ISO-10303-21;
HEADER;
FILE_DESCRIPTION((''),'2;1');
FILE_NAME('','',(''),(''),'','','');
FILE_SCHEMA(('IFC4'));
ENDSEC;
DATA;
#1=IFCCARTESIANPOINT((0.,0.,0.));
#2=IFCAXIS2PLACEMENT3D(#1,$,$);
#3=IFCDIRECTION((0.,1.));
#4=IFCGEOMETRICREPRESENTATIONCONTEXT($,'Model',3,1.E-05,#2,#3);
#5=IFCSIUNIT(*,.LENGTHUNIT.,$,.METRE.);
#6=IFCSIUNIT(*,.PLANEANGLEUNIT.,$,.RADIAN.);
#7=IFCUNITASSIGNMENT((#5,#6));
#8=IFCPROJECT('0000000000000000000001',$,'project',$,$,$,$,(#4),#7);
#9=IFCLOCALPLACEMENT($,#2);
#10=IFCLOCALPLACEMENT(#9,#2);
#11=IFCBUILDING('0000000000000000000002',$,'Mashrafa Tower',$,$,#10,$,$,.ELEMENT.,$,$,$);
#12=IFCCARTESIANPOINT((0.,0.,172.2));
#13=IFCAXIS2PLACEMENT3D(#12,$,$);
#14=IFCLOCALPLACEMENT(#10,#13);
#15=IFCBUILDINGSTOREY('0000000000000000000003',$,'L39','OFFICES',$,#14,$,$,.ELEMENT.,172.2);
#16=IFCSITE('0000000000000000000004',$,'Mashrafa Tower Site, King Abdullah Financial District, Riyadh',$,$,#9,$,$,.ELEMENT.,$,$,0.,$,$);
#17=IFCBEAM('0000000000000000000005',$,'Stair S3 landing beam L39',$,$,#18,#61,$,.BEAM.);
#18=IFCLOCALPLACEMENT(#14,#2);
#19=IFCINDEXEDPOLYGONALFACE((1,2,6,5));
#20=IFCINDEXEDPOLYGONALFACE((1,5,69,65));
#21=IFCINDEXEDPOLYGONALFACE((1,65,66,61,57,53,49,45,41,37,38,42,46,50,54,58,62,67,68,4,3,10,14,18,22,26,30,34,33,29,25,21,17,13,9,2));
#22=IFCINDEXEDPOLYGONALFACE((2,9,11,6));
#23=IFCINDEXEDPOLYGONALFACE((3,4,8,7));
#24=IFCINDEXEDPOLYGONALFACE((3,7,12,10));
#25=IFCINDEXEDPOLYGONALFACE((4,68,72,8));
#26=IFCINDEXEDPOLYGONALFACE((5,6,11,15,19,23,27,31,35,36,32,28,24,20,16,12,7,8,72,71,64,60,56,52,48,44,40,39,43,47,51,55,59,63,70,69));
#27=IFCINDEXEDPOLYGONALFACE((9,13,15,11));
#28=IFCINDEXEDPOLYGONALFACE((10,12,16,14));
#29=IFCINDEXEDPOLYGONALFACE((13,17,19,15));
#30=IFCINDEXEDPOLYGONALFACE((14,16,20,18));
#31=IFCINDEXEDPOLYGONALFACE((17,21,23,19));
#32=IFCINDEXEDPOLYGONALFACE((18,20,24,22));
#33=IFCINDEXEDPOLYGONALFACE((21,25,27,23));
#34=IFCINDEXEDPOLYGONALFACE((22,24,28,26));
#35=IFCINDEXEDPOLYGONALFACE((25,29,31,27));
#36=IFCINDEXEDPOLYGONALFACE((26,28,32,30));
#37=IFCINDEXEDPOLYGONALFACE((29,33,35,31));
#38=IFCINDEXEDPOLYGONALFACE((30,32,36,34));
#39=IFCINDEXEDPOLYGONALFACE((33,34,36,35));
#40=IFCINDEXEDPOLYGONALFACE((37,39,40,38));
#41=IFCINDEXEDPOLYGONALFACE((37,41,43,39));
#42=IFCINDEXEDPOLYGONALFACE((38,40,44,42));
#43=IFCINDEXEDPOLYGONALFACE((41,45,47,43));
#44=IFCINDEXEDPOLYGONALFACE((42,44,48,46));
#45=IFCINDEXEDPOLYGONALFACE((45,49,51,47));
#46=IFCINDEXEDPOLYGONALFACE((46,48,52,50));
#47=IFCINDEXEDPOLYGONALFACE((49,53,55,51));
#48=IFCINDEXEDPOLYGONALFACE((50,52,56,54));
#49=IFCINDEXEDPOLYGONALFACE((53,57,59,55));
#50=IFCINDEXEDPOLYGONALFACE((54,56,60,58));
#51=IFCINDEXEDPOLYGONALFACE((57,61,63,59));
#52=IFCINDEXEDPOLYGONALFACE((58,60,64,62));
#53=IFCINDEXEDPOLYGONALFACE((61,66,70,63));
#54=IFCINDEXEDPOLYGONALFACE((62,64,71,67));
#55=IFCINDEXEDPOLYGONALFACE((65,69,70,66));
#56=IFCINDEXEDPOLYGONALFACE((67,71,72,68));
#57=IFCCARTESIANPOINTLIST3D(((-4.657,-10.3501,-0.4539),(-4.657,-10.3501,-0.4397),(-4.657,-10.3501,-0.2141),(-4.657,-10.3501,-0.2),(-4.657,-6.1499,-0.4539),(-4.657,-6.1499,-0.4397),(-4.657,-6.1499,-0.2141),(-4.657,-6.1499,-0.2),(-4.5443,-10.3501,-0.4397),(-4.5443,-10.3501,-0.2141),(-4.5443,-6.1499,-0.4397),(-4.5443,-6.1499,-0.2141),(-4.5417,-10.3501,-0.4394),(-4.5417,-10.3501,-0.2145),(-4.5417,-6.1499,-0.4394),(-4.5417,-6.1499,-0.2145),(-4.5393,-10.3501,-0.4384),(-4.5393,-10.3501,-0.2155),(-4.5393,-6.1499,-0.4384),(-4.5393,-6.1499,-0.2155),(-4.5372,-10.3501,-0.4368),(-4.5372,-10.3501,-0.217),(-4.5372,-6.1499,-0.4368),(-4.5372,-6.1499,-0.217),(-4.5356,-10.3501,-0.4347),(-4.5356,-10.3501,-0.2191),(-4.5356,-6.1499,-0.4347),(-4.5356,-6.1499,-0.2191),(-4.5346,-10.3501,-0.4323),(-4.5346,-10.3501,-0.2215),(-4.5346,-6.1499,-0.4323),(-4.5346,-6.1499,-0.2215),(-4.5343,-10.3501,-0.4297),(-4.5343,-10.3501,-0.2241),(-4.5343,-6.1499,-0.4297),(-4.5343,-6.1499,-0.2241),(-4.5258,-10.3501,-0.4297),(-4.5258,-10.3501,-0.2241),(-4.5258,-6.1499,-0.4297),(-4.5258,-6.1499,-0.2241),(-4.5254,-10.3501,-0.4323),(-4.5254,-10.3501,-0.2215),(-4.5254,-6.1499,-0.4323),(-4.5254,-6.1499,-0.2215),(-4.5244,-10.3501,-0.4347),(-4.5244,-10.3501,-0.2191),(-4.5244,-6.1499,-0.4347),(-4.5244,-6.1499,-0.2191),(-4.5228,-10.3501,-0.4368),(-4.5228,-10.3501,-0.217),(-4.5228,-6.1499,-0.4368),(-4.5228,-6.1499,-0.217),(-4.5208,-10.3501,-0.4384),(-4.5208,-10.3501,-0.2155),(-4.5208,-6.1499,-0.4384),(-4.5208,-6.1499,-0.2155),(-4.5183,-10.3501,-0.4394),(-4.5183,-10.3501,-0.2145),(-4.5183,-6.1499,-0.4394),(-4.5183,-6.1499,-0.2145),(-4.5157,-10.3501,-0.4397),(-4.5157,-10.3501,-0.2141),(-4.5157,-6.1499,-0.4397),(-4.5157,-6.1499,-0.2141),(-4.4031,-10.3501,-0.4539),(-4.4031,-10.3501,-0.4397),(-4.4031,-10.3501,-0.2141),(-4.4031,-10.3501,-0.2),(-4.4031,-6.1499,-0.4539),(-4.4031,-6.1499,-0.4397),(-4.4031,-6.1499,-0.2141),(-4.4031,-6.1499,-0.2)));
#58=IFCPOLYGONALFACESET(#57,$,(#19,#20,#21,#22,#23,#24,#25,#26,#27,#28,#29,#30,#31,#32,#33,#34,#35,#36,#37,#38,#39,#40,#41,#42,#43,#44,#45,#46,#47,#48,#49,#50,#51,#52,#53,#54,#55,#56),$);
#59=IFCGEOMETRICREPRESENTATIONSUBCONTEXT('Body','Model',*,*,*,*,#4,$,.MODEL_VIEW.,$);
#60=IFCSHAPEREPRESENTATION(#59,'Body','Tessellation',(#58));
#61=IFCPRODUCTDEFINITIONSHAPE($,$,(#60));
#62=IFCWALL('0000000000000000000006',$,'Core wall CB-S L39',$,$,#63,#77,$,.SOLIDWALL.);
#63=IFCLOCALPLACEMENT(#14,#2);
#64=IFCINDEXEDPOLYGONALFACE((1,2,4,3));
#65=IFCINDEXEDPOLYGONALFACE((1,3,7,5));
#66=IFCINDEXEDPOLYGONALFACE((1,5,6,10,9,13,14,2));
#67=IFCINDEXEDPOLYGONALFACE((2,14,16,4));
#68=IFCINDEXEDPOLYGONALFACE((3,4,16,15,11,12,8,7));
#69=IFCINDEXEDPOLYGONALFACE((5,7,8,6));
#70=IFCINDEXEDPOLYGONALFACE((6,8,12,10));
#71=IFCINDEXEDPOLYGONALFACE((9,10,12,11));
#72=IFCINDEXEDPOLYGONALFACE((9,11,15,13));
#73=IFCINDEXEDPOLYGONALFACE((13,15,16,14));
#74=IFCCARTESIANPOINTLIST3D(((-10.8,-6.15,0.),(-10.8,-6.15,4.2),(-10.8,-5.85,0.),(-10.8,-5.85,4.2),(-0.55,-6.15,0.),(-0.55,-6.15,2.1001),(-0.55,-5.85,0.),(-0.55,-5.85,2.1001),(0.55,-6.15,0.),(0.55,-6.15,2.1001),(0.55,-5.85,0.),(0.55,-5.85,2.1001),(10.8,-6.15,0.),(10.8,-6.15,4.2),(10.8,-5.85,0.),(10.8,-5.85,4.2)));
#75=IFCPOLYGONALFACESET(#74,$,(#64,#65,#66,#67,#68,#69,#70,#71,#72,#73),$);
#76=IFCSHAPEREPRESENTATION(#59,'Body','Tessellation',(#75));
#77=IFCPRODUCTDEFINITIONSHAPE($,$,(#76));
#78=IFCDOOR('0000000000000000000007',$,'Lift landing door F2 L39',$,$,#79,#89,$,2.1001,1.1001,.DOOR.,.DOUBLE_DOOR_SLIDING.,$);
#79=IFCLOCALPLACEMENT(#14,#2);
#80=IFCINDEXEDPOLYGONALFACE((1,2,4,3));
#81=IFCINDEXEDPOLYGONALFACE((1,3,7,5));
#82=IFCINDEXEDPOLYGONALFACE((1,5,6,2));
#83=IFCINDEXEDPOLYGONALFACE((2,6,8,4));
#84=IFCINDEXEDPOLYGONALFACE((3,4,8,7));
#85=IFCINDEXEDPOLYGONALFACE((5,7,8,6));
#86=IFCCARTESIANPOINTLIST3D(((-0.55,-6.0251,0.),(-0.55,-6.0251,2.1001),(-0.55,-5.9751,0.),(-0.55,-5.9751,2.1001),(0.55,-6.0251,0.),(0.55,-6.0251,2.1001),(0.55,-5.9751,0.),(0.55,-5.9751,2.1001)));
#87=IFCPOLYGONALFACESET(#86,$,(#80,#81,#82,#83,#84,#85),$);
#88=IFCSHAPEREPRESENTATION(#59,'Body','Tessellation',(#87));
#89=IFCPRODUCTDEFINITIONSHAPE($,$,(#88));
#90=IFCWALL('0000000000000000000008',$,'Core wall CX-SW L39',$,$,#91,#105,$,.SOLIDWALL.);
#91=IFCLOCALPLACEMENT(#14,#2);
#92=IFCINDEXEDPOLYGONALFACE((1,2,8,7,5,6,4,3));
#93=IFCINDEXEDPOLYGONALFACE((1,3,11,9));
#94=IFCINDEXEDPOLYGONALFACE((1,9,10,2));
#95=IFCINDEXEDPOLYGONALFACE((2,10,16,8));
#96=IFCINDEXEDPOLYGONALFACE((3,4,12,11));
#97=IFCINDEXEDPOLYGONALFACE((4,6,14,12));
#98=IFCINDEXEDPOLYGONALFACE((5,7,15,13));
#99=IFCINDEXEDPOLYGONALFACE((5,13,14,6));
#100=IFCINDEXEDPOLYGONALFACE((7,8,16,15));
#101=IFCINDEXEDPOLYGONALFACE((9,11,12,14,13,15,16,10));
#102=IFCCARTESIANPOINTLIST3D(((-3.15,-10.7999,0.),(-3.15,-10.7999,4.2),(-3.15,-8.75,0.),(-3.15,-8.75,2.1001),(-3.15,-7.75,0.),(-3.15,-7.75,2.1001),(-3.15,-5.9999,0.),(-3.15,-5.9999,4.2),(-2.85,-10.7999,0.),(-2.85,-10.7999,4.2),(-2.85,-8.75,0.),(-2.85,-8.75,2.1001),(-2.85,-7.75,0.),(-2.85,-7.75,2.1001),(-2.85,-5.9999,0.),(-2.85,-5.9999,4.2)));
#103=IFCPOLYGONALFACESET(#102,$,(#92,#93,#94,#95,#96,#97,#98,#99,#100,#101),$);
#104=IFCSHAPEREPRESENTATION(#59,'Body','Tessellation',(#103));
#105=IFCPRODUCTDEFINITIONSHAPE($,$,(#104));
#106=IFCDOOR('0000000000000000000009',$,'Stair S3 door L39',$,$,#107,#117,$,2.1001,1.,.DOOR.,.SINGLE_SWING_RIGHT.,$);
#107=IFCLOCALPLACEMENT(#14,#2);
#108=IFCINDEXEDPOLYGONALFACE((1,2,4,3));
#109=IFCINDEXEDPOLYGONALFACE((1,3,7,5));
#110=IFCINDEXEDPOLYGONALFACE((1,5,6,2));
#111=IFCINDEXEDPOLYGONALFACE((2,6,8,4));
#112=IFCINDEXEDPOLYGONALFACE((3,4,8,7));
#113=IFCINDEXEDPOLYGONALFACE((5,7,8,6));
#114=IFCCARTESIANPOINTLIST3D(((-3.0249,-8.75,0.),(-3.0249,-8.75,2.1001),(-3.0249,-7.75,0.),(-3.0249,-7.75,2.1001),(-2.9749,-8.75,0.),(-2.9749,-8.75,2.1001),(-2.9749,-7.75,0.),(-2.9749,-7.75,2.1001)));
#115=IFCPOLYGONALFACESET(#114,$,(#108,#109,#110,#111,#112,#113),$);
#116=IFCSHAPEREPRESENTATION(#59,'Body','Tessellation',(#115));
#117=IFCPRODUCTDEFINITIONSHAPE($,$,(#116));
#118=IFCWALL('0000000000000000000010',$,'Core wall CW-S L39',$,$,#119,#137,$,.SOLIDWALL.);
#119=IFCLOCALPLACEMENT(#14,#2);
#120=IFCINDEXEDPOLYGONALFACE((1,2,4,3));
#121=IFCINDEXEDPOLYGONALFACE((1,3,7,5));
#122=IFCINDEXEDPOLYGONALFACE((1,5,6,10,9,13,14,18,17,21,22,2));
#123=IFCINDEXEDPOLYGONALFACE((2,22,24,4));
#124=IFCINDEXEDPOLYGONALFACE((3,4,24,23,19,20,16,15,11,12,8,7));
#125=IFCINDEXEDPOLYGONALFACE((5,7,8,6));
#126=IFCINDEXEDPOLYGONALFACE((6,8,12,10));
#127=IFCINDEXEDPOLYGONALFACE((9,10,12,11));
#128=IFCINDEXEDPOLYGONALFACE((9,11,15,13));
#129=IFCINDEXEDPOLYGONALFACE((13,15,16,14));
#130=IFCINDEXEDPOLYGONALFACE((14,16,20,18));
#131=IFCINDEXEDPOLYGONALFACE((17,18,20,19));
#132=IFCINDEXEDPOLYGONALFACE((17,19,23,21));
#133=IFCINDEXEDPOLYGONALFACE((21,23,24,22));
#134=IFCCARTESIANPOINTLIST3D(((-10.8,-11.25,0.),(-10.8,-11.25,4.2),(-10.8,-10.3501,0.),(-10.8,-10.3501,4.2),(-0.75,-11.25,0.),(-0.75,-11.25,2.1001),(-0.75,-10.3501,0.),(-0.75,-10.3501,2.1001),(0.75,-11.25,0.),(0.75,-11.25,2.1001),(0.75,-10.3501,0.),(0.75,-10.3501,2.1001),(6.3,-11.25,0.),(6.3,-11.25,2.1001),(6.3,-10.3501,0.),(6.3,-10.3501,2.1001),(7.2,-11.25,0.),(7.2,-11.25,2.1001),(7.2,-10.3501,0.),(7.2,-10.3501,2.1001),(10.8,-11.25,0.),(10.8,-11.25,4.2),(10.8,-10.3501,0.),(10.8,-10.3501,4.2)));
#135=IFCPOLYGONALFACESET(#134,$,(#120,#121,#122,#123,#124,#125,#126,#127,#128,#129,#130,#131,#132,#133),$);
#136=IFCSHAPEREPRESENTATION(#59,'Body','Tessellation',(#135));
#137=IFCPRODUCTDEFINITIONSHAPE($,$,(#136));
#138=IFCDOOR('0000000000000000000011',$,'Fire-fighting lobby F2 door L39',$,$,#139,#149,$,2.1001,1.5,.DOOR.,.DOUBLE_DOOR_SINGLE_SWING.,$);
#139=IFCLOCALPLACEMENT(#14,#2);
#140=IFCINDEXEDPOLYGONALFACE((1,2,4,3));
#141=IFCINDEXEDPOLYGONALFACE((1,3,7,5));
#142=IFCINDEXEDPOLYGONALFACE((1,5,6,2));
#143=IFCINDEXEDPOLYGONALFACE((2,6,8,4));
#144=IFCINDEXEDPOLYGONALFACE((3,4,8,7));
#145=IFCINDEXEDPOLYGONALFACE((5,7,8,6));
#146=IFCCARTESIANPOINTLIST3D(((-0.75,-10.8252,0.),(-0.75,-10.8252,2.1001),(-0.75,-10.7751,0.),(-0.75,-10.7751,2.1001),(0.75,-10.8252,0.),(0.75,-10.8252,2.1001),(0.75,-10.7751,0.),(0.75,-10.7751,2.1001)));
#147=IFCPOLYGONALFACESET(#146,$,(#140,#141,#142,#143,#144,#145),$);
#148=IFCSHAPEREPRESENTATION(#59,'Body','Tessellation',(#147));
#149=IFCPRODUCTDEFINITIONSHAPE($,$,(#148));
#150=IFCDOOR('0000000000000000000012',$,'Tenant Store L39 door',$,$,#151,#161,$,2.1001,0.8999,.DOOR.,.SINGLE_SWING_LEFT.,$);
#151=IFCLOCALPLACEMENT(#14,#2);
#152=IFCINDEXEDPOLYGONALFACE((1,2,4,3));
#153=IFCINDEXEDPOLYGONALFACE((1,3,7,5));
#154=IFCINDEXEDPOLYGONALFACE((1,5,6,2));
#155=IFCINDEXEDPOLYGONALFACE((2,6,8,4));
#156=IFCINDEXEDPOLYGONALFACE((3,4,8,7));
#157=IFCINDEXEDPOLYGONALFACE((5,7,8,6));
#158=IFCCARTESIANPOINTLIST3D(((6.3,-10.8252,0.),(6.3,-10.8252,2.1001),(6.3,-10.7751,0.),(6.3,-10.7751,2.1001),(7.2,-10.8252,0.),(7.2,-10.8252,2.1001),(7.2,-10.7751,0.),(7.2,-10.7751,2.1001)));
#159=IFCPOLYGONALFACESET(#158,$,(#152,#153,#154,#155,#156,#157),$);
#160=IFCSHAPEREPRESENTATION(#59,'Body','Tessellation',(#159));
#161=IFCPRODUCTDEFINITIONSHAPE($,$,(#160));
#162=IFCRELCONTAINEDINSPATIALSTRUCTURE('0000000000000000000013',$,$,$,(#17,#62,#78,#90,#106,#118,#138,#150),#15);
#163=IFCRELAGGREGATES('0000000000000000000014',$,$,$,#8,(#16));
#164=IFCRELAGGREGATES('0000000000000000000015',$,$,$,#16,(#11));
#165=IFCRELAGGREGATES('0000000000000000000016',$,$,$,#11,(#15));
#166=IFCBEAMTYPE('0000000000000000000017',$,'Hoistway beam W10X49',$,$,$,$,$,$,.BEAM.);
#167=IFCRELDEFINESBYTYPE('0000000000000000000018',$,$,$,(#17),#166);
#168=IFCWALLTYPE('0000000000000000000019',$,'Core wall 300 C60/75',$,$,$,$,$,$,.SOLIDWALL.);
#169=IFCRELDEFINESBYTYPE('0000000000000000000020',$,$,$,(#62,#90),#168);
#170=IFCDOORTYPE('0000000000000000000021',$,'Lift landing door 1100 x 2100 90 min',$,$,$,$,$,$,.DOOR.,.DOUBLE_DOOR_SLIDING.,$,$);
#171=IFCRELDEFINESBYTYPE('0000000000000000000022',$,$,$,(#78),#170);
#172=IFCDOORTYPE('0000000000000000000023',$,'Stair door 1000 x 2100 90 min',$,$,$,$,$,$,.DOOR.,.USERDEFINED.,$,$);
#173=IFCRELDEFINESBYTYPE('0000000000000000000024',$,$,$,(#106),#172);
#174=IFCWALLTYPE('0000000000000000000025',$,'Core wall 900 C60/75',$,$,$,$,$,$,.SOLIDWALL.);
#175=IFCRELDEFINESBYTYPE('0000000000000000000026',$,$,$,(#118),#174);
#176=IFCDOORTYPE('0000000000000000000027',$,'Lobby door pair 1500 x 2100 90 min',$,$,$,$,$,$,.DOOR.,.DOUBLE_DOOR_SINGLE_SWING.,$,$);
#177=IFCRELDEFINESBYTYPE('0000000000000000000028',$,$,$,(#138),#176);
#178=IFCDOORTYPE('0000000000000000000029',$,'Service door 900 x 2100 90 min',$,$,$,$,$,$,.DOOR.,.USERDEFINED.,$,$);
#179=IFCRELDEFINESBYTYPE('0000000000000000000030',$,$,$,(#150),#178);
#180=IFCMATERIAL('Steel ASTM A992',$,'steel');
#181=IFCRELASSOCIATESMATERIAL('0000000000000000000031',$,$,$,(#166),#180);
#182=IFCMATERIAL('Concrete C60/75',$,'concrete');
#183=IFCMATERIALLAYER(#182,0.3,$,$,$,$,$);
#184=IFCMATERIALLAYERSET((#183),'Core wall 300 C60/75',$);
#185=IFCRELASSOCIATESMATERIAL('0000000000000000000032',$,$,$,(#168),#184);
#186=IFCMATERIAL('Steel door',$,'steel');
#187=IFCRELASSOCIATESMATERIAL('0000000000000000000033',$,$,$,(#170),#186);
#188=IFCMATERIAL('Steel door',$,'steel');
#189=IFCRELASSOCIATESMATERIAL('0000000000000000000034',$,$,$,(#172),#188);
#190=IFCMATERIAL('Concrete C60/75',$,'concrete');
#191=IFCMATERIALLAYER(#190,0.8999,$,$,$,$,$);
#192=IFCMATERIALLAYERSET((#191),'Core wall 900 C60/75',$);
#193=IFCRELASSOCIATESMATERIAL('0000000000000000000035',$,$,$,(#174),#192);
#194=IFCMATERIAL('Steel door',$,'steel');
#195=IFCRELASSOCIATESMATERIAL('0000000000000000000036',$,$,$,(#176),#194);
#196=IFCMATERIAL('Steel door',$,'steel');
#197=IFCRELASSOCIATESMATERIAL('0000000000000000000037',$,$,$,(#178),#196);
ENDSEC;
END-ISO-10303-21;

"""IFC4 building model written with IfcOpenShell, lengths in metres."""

from ifc_helpers import new_model, si_unit, direction, frame, frame_2d, origin, origin_2d, place, context, subcontext, project, spatial, rectangle, i_section, extrude, material, layer, layer_set, material_profile, profile_set, type_object, element, fill, save


model = new_model("IFC4")

# Units and contexts
model_context = context("Model", 3, precision=1e-05, world=origin(), true_north=direction((0.0, 1.0)))
body_context = subcontext(model_context, "Body", "Model", "MODEL_VIEW")
ifc_project = project(units=[si_unit("LENGTHUNIT", "METRE"), si_unit("PLANEANGLEUNIT", "RADIAN")], contexts=[model_context])

# Site, building, storey
site_placement = place(None, origin())
site = spatial("IfcSite", under=ifc_project, at=site_placement, Name="Mashrafa Tower Site, King Abdullah Financial District, Riyadh", CompositionType="ELEMENT", RefElevation=0.0)
building_placement = place(site_placement, origin())
building = spatial("IfcBuilding", under=site, at=building_placement, Name="Mashrafa Tower", CompositionType="ELEMENT")
storey_placement = place(building_placement, frame((0.0, 0.0, 172.2)))
storey = spatial("IfcBuildingStorey", under=building, at=storey_placement, Name="L39", Description="OFFICES", CompositionType="ELEMENT", Elevation=172.2)

# Beam
ifc_material_1 = material(Name="Steel ASTM A992", Category="steel")
ifc_material_profile_1 = material_profile(ifc_material_1, i_section(OverallWidth=0.2539, OverallDepth=0.2539, WebThickness=0.0085, FlangeThickness=0.0142, FilletRadius=0.01, at=origin_2d()), Name="W10X49")
ifc_profile_set_1 = profile_set([ifc_material_profile_1], Name="Steel ASTM A992")
beam_type_1 = type_object("IfcBeamType", Name="Hoistway beam W10X49", PredefinedType="BEAM", material=ifc_profile_set_1)
beam_1_placement = place(storey_placement, frame((-4.53, -10.3501, -0.3269), z_axis=(0.0, 1.0, 0.0), x_axis=(-1.0, 0.0, 0.0)))
element("IfcBeam", 1, at=beam_1_placement, inside=storey, type_object=beam_type_1, Name="Stair S3 landing beam L39", PredefinedType="BEAM", context=body_context, shape_type="SweptSolid", body=[
    extrude(i_section(OverallWidth=0.2539, OverallDepth=0.2539, WebThickness=0.0085, FlangeThickness=0.0142, FilletRadius=0.01, at=origin_2d()), origin(), (0.0, 0.0, 1.0), 4.2002),
])

# Walls, openings, doors
ifc_material_2 = material(Name="Concrete C60/75", Category="concrete")
ifc_layer_1 = layer(ifc_material_2, 0.3)
ifc_layer_set_1 = layer_set([ifc_layer_1], Name="Core wall 300 C60/75")
wall_type_1 = type_object("IfcWallType", Name="Core wall 300 C60/75", PredefinedType="SOLIDWALL", material=ifc_layer_set_1)
wall_1_placement = place(storey_placement, frame((-10.8, -6.0, 0.0), z_axis=(0.0, 0.0, 1.0), x_axis=(1.0, 0.0, 0.0)))
wall_1 = element("IfcWall", 2, at=wall_1_placement, inside=storey, type_object=wall_type_1, Name="Core wall CB-S L39", PredefinedType="SOLIDWALL", context=body_context, shape_type="SweptSolid", body=[
    extrude(rectangle(XDim=21.6001, YDim=0.3, at=frame_2d((10.8, 0.0))), origin(), (0.0, 0.0, 1.0), 4.2),
])
opening_1_placement = place(wall_1_placement, frame((10.25, 0.0, 0.0)))
opening_1 = element("IfcOpeningElement", 3, at=opening_1_placement, cuts=wall_1, PredefinedType="OPENING", context=body_context, shape_type="SweptSolid", body=[
    extrude(rectangle(XDim=1.1001, YDim=2.1001, at=frame_2d((0.55, 1.05))), frame((0.0, 0.1599, 0.0), z_axis=(0.0, -1.0, 0.0), x_axis=(1.0, 0.0, 0.0)), (0.0, 0.0, 1.0), 0.3201),
])
ifc_material_3 = material(Name="Steel door", Category="steel")
door_type_1 = type_object("IfcDoorType", Name="Lift landing door 1100 x 2100 90 min", OperationType="DOUBLE_DOOR_SLIDING", PredefinedType="DOOR", material=ifc_material_3)
door_1_placement = place(opening_1_placement, origin())
door_1 = element("IfcDoor", 4, at=door_1_placement, inside=storey, type_object=door_type_1, Name="Lift landing door F2 L39", OperationType="DOUBLE_DOOR_SLIDING", OverallHeight=2.1001, OverallWidth=1.1001, PredefinedType="DOOR", context=body_context, shape_type="SweptSolid", body=[
    extrude(rectangle(XDim=1.1001, YDim=2.1001, at=frame_2d((0.55, 1.05))), frame((0.0, 0.0249, 0.0), z_axis=(0.0, -1.0, 0.0), x_axis=(1.0, 0.0, 0.0)), (0.0, 0.0, 1.0), 0.05),
])
fill(opening_1, door_1)
wall_2_placement = place(storey_placement, frame((-3.0, -6.0, 0.0), z_axis=(0.0, 0.0, 1.0), x_axis=(0.0, -1.0, 0.0)))
wall_2 = element("IfcWall", 5, at=wall_2_placement, inside=storey, type_object=wall_type_1, Name="Core wall CX-SW L39", PredefinedType="SOLIDWALL", context=body_context, shape_type="SweptSolid", body=[
    extrude(rectangle(XDim=4.8, YDim=0.3, at=frame_2d((2.3999, 0.0))), origin(), (0.0, 0.0, 1.0), 4.2),
])
opening_2_placement = place(wall_2_placement, frame((1.75, 0.0, 0.0)))
opening_2 = element("IfcOpeningElement", 6, at=opening_2_placement, cuts=wall_2, PredefinedType="OPENING", context=body_context, shape_type="SweptSolid", body=[
    extrude(rectangle(XDim=1.0, YDim=2.1001, at=frame_2d((0.5, 1.05))), frame((0.0, 0.1599, 0.0), z_axis=(0.0, -1.0, 0.0), x_axis=(1.0, 0.0, 0.0)), (0.0, 0.0, 1.0), 0.3201),
])
ifc_material_4 = material(Name="Steel door", Category="steel")
door_type_2 = type_object("IfcDoorType", Name="Stair door 1000 x 2100 90 min", OperationType="USERDEFINED", PredefinedType="DOOR", material=ifc_material_4)
door_2_placement = place(opening_2_placement, frame((1.0, 0.0, 0.0), z_axis=(0.0, 0.0, 1.0), x_axis=(-1.0, 0.0, 0.0)))
door_2 = element("IfcDoor", 7, at=door_2_placement, inside=storey, type_object=door_type_2, Name="Stair S3 door L39", OperationType="SINGLE_SWING_RIGHT", OverallHeight=2.1001, OverallWidth=1.0, PredefinedType="DOOR", context=body_context, shape_type="SweptSolid", body=[
    extrude(rectangle(XDim=1.0, YDim=2.1001, at=frame_2d((0.5, 1.05))), frame((0.0, 0.0249, 0.0), z_axis=(0.0, -1.0, 0.0), x_axis=(1.0, 0.0, 0.0)), (0.0, 0.0, 1.0), 0.05),
])
fill(opening_2, door_2)

# Wall, openings, doors
ifc_material_5 = material(Name="Concrete C60/75", Category="concrete")
ifc_layer_2 = layer(ifc_material_5, 0.8999)
ifc_layer_set_2 = layer_set([ifc_layer_2], Name="Core wall 900 C60/75")
wall_type_2 = type_object("IfcWallType", Name="Core wall 900 C60/75", PredefinedType="SOLIDWALL", material=ifc_layer_set_2)
wall_3_placement = place(storey_placement, frame((-10.8, -10.8, 0.0), z_axis=(0.0, 0.0, 1.0), x_axis=(1.0, 0.0, 0.0)))
wall_3 = element("IfcWall", 8, at=wall_3_placement, inside=storey, type_object=wall_type_2, Name="Core wall CW-S L39", PredefinedType="SOLIDWALL", context=body_context, shape_type="SweptSolid", body=[
    extrude(rectangle(XDim=21.6001, YDim=0.8999, at=frame_2d((10.8, 0.0))), origin(), (0.0, 0.0, 1.0), 4.2),
])
opening_3_placement = place(wall_3_placement, frame((10.05, 0.0, 0.0)))
opening_3 = element("IfcOpeningElement", 9, at=opening_3_placement, cuts=wall_3, PredefinedType="OPENING", context=body_context, shape_type="SweptSolid", body=[
    extrude(rectangle(XDim=1.5, YDim=2.1001, at=frame_2d((0.75, 1.05))), frame((0.0, 0.46, 0.0), z_axis=(0.0, -1.0, 0.0), x_axis=(1.0, 0.0, 0.0)), (0.0, 0.0, 1.0), 0.9199),
])
opening_4_placement = place(wall_3_placement, frame((17.1001, 0.0, 0.0)))
opening_4 = element("IfcOpeningElement", 10, at=opening_4_placement, cuts=wall_3, PredefinedType="OPENING", context=body_context, shape_type="SweptSolid", body=[
    extrude(rectangle(XDim=0.8999, YDim=2.1001, at=frame_2d((0.45, 1.05))), frame((0.0, 0.46, 0.0), z_axis=(0.0, -1.0, 0.0), x_axis=(1.0, 0.0, 0.0)), (0.0, 0.0, 1.0), 0.9199),
])
ifc_material_6 = material(Name="Steel door", Category="steel")
door_type_3 = type_object("IfcDoorType", Name="Lobby door pair 1500 x 2100 90 min", OperationType="DOUBLE_DOOR_SINGLE_SWING", PredefinedType="DOOR", material=ifc_material_6)
door_3_placement = place(opening_3_placement, origin())
door_3 = element("IfcDoor", 11, at=door_3_placement, inside=storey, type_object=door_type_3, Name="Fire-fighting lobby F2 door L39", OperationType="DOUBLE_DOOR_SINGLE_SWING", OverallHeight=2.1001, OverallWidth=1.5, PredefinedType="DOOR", context=body_context, shape_type="SweptSolid", body=[
    extrude(rectangle(XDim=1.5, YDim=2.1001, at=frame_2d((0.75, 1.05))), frame((0.0, 0.0249, 0.0), z_axis=(0.0, -1.0, 0.0), x_axis=(1.0, 0.0, 0.0)), (0.0, 0.0, 1.0), 0.05),
])
fill(opening_3, door_3)
ifc_material_7 = material(Name="Steel door", Category="steel")
door_type_4 = type_object("IfcDoorType", Name="Service door 900 x 2100 90 min", OperationType="USERDEFINED", PredefinedType="DOOR", material=ifc_material_7)
door_4_placement = place(opening_4_placement, origin())
door_4 = element("IfcDoor", 12, at=door_4_placement, inside=storey, type_object=door_type_4, Name="Tenant Store L39 door", OperationType="SINGLE_SWING_LEFT", OverallHeight=2.1001, OverallWidth=0.8999, PredefinedType="DOOR", context=body_context, shape_type="SweptSolid", body=[
    extrude(rectangle(XDim=0.8999, YDim=2.1001, at=frame_2d((0.45, 1.05))), frame((0.0, 0.0249, 0.0), z_axis=(0.0, -1.0, 0.0), x_axis=(1.0, 0.0, 0.0)), (0.0, 0.0, 1.0), 0.05),
])
fill(opening_4, door_4)

save(model, "model.ifc")
